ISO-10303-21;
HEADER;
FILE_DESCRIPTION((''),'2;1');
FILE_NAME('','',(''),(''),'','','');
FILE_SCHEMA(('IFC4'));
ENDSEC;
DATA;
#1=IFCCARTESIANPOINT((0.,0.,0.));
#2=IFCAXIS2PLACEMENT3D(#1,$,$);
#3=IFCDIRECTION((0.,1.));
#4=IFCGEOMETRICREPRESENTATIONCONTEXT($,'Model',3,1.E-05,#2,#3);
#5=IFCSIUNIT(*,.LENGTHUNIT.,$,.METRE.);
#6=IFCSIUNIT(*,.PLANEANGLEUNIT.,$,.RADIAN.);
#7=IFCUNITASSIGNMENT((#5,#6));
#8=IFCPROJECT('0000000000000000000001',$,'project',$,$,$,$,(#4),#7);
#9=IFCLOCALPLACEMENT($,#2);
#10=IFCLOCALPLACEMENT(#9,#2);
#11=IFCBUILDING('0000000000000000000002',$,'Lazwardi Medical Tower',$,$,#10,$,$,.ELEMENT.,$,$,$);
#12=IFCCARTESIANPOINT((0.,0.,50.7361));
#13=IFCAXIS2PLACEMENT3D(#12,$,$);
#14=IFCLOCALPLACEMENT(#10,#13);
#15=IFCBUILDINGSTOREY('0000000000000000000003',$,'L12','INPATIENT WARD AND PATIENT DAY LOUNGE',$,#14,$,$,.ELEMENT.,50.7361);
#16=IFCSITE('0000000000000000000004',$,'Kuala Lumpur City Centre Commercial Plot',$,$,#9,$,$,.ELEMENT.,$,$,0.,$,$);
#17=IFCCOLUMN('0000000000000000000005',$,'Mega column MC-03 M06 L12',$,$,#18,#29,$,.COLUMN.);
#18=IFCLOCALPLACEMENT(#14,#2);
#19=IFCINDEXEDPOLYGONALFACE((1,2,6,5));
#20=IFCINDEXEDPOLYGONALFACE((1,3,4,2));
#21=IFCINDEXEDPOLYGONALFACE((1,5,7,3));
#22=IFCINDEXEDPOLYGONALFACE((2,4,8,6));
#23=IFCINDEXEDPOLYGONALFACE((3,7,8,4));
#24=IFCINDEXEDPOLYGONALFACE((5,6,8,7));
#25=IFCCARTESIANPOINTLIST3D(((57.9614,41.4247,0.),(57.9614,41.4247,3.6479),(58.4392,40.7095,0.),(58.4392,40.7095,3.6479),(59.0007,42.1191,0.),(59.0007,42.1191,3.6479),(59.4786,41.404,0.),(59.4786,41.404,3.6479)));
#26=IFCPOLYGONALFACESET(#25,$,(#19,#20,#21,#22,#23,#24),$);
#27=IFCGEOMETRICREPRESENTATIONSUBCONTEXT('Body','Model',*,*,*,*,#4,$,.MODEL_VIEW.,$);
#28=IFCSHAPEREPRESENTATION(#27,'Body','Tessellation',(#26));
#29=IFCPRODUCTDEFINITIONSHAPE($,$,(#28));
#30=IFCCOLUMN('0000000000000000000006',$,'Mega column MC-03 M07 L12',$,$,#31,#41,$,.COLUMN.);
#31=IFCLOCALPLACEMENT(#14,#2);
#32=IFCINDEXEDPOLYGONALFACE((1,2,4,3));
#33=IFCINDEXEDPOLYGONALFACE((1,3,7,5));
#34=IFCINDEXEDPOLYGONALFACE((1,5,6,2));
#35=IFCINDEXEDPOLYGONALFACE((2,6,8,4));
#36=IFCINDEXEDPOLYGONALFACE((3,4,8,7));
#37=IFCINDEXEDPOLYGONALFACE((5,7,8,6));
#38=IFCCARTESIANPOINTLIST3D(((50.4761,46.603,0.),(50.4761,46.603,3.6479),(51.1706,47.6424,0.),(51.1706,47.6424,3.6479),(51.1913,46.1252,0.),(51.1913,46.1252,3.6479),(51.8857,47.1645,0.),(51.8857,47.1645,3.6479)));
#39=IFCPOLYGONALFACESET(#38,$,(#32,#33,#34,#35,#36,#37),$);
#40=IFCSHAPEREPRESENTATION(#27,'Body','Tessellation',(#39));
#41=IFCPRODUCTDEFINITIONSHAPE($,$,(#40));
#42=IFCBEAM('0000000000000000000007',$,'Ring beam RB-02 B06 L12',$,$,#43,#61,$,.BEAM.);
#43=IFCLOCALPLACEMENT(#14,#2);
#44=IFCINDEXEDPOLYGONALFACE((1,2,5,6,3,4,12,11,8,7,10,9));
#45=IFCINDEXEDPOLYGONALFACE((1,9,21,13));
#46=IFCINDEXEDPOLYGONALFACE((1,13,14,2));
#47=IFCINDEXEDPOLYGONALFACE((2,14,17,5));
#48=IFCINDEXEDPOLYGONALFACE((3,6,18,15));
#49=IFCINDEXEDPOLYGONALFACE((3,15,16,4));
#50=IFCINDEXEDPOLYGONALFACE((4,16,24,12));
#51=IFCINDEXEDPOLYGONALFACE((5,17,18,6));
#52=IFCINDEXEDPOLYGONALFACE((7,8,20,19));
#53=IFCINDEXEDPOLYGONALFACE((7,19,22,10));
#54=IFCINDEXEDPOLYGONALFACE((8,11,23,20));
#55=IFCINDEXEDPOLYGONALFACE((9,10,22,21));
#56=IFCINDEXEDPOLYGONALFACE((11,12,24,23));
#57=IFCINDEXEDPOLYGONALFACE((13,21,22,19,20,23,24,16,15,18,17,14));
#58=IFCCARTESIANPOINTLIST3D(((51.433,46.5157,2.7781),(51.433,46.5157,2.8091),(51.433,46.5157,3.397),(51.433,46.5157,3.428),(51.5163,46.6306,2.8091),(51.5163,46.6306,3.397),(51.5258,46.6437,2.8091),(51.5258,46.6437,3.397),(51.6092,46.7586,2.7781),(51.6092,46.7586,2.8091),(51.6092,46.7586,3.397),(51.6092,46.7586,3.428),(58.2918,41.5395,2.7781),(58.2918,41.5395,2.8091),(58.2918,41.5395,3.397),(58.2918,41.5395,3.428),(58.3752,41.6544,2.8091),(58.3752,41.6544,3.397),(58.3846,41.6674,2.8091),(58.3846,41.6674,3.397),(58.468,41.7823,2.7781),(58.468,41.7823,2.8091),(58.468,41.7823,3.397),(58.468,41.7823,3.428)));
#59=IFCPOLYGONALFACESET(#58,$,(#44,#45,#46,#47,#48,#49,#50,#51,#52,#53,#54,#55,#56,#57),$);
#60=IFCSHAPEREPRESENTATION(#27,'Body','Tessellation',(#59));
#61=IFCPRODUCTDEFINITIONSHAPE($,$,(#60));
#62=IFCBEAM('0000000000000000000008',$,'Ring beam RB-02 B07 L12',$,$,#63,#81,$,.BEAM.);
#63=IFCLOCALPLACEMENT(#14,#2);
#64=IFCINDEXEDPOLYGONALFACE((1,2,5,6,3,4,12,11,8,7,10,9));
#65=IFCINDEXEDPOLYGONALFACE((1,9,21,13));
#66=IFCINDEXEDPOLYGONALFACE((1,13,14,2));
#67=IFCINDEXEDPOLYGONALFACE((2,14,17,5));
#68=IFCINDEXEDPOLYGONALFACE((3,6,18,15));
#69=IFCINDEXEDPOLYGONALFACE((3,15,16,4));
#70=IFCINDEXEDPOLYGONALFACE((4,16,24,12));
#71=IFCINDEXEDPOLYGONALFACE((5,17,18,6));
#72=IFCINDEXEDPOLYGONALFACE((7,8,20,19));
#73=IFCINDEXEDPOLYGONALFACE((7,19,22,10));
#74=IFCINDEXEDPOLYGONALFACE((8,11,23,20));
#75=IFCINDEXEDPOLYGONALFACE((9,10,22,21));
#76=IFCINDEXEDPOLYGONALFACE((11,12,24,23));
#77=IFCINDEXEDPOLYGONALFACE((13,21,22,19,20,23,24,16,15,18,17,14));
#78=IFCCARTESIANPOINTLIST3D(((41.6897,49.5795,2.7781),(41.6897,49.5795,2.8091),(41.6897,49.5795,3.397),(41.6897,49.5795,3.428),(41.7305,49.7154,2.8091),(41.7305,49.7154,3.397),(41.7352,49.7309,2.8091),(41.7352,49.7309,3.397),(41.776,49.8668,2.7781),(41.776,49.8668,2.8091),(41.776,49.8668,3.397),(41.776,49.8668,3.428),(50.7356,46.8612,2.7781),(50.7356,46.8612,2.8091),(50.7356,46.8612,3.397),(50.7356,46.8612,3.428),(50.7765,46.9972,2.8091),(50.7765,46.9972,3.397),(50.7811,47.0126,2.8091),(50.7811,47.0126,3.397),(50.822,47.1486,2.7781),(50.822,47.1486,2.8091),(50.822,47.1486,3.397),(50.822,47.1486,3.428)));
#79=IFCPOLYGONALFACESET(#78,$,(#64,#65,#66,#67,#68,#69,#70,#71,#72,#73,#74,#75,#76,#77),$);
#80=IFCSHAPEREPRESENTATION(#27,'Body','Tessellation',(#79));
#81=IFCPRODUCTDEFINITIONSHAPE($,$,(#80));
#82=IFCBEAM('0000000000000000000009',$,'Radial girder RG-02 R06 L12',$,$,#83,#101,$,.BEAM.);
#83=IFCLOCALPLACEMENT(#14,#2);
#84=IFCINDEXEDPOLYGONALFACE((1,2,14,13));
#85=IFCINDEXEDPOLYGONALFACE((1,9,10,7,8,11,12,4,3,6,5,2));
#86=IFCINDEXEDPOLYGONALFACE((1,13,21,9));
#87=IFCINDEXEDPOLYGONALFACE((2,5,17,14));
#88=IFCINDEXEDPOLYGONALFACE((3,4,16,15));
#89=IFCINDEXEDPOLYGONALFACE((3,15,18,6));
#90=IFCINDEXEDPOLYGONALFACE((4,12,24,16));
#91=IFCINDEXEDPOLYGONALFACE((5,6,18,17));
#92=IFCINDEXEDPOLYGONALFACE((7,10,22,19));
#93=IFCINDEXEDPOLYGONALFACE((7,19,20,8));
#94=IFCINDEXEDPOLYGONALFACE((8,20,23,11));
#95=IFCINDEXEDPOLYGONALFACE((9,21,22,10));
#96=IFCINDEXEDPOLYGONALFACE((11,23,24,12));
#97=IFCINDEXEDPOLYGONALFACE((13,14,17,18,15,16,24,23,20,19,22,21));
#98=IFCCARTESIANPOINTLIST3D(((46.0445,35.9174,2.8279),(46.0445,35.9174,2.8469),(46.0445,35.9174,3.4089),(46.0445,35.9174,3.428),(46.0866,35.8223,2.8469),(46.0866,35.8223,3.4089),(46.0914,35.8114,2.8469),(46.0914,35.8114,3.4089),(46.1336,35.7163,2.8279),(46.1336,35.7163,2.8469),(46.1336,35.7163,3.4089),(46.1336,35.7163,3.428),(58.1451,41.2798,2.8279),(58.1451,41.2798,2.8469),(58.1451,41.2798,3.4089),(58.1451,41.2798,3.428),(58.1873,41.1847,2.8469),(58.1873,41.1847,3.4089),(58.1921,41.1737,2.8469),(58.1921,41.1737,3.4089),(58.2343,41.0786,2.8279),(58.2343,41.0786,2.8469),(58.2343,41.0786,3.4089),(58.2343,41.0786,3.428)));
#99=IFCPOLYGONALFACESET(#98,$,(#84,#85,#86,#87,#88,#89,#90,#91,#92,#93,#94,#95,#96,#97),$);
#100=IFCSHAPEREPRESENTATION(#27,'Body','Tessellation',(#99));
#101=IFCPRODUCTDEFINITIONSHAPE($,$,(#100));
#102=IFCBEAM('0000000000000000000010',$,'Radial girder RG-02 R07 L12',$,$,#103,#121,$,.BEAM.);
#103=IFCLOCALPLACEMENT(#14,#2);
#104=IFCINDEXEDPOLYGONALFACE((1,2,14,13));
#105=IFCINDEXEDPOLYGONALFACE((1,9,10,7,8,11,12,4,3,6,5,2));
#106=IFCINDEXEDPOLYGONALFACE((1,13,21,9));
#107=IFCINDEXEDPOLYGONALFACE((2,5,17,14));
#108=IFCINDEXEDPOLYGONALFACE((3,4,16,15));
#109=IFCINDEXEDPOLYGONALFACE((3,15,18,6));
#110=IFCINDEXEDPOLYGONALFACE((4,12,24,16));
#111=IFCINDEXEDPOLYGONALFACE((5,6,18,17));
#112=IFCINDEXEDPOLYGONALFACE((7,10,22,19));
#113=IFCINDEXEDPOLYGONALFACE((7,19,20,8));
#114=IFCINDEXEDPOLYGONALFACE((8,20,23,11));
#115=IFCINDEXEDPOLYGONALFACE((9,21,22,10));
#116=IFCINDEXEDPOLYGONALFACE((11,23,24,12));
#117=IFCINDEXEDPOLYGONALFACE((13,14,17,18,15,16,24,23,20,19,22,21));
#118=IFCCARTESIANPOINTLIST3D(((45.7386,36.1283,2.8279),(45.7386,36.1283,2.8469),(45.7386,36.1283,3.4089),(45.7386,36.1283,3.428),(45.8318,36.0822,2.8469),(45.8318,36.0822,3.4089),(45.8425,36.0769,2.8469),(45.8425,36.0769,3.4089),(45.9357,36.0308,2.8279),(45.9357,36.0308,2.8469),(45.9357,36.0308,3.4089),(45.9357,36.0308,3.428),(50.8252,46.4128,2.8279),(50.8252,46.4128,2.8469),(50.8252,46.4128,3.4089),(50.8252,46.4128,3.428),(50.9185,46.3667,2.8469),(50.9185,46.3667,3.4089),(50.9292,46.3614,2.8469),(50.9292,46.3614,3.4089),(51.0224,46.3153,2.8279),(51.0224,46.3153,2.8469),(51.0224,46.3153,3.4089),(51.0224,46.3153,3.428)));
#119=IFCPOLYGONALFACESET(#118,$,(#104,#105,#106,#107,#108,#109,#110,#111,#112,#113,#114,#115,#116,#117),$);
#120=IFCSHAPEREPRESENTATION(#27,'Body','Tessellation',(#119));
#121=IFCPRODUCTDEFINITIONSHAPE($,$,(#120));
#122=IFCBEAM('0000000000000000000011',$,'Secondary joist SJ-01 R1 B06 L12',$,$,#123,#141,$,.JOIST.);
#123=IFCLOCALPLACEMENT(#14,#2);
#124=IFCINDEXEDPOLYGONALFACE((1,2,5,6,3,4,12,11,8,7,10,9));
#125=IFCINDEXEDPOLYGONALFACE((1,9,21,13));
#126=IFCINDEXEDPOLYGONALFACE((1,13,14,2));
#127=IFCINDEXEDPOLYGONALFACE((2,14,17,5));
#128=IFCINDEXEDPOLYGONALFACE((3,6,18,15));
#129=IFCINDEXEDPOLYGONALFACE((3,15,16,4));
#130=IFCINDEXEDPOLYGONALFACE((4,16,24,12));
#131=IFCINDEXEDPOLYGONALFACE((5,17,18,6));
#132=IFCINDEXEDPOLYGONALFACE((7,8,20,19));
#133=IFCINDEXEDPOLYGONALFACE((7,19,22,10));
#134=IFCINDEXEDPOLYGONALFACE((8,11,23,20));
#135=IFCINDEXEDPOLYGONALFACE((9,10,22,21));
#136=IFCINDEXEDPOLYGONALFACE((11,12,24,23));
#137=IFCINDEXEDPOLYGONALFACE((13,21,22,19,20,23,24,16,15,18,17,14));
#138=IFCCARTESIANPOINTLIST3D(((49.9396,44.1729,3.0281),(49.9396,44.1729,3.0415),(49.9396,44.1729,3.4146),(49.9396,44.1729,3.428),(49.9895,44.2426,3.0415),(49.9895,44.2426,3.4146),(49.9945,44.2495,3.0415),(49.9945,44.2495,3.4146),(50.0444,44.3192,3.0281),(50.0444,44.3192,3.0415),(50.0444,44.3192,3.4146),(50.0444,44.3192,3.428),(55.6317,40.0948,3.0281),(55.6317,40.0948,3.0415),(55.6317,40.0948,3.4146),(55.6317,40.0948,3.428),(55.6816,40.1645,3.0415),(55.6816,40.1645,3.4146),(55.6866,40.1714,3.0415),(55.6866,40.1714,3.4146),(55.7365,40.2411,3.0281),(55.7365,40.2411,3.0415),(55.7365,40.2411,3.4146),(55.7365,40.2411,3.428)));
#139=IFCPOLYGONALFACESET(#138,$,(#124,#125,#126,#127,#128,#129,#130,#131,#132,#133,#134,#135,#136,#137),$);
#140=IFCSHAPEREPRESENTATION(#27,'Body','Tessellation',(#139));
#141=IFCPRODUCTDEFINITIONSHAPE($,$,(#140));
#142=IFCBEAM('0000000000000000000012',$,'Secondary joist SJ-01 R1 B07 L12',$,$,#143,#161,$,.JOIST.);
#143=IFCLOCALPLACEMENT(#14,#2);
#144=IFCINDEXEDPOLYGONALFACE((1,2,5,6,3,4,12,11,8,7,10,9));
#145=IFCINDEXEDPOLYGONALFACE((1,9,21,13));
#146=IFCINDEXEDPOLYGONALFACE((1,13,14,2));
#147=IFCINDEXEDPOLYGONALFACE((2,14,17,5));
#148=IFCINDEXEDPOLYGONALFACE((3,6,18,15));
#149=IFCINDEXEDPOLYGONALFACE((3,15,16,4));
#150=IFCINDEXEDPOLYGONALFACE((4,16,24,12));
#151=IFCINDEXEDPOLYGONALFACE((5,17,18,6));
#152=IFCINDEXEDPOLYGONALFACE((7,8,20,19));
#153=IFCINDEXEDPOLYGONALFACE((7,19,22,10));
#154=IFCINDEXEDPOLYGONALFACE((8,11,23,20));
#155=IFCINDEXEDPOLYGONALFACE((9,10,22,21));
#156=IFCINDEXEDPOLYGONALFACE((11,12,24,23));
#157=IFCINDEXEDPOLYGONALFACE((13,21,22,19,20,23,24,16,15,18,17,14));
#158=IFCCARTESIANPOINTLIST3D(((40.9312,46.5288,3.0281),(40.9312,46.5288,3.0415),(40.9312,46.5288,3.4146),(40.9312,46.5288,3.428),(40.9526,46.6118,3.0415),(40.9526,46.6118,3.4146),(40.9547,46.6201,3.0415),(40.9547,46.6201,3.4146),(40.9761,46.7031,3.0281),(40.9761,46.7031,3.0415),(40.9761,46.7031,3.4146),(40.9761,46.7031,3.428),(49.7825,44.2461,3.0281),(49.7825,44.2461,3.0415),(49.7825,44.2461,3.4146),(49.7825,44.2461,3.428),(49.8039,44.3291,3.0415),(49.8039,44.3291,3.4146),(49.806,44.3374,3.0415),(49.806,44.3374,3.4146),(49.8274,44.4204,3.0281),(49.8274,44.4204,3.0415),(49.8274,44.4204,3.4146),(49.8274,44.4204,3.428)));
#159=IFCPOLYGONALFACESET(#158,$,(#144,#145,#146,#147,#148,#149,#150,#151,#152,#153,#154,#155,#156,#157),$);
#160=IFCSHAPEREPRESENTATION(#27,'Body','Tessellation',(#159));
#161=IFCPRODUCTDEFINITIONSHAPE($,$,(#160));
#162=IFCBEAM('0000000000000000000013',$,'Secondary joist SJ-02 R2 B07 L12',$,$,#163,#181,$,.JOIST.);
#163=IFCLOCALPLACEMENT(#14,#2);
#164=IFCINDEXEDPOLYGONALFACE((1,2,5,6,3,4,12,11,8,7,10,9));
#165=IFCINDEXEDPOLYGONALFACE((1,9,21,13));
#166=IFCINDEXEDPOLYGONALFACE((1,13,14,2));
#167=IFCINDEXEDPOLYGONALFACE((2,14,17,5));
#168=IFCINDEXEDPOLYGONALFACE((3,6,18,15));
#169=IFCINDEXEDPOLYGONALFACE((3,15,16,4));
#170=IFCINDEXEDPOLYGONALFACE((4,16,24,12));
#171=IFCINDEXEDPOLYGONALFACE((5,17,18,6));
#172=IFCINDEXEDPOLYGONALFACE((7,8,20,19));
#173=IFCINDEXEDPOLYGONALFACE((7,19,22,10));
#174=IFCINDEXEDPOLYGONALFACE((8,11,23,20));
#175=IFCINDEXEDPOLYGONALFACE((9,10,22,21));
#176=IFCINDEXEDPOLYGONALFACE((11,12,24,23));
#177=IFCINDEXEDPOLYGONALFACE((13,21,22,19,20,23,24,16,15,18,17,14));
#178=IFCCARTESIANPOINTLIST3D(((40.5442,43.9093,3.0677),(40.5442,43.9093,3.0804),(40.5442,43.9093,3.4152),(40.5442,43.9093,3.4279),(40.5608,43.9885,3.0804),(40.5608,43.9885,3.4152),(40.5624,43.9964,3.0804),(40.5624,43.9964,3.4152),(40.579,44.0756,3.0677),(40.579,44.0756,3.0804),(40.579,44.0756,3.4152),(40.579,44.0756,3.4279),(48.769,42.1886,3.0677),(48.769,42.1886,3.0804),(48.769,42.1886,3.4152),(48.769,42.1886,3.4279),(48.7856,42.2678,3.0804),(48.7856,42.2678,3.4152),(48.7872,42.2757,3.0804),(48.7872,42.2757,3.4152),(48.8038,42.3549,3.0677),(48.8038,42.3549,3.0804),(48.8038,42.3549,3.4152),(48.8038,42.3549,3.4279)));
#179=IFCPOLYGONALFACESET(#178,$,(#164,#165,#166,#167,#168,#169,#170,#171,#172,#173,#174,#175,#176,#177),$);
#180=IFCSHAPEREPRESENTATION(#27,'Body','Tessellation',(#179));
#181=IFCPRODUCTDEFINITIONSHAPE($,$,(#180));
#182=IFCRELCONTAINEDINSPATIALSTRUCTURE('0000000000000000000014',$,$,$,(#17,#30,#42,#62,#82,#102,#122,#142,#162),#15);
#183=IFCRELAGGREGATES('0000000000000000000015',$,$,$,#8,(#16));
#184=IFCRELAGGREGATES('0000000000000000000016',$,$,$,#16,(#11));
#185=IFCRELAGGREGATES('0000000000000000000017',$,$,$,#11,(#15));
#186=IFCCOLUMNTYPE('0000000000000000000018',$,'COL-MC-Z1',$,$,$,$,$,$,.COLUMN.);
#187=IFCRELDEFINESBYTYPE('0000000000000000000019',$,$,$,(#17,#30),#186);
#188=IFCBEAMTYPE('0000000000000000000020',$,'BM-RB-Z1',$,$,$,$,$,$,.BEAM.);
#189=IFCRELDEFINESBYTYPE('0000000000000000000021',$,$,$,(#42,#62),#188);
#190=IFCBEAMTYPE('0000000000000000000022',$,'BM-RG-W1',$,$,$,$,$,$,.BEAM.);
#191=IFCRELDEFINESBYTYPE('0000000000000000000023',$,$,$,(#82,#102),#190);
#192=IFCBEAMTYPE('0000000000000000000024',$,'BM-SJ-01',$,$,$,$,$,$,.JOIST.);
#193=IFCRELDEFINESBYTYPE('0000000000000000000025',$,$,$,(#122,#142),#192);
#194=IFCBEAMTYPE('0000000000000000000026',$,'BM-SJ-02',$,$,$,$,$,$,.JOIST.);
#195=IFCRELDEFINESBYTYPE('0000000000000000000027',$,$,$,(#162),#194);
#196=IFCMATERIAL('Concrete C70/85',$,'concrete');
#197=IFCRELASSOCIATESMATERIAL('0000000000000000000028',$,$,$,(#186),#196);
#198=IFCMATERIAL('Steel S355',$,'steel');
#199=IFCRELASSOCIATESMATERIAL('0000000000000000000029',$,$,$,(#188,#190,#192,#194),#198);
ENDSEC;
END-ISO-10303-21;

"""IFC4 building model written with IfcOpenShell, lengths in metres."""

from ifc_helpers import new_model, si_unit, direction, frame, origin, origin_2d, place, context, subcontext, project, spatial, rectangle, i_section, extrude, material, material_profile, profile_set, type_object, element, save


model = new_model("IFC4")

# Units and contexts
model_context = context("Model", 3, precision=1e-05, world=origin(), true_north=direction((0.0, 1.0)))
body_context = subcontext(model_context, "Body", "Model", "MODEL_VIEW")
ifc_project = project(units=[si_unit("LENGTHUNIT", "METRE"), si_unit("PLANEANGLEUNIT", "RADIAN")], contexts=[model_context])

# Site, building, storey
site_placement = place(None, origin())
site = spatial("IfcSite", under=ifc_project, at=site_placement, Name="Kuala Lumpur City Centre Commercial Plot", CompositionType="ELEMENT", RefElevation=0.0)
building_placement = place(site_placement, origin())
building = spatial("IfcBuilding", under=site, at=building_placement, Name="Lazwardi Medical Tower", CompositionType="ELEMENT")
storey_placement = place(building_placement, frame((0.0, 0.0, 50.7361)))
storey = spatial("IfcBuildingStorey", under=building, at=storey_placement, Name="L12", Description="INPATIENT WARD AND PATIENT DAY LOUNGE", CompositionType="ELEMENT", Elevation=50.7361)

# Columns
ifc_material_1 = material(Name="Concrete C70/85", Category="concrete")
ifc_material_profile_1 = material_profile(ifc_material_1, rectangle(XDim=1.25, YDim=0.8601, at=origin_2d()), Name="CFT-RECT 1250x860")
ifc_profile_set_1 = profile_set([ifc_material_profile_1], Name="Concrete C70/85")
column_type = type_object("IfcColumnType", Name="COL-MC-Z1", PredefinedType="COLUMN", material=ifc_profile_set_1)
for number, where, z_axis, x_axis, name in (
    (1, (58.72, 41.4143, 0.0), (0.0, 0.0, 1.0), (0.83147, 0.55557, 0.0), "Mega column MC-03 M06 L12"),
    (2, (51.1809, 46.8838, 0.0), (0.0, 0.0, 1.0), (0.55557, 0.83147, 0.0), "Mega column MC-03 M07 L12"),
):
    element("IfcColumn", number, at=place(storey_placement, frame(where, z_axis=z_axis, x_axis=x_axis)), inside=storey, type_object=column_type, Name=name, PredefinedType="COLUMN", context=body_context, shape_type="SweptSolid", body=[
        extrude(rectangle(XDim=1.25, YDim=0.8601, at=origin_2d()), origin(), (0.0, 0.0, 1.0), 3.6479),
    ])

# Beams
ifc_material_2 = material(Name="Steel S355", Category="steel")
ifc_material_profile_2 = material_profile(ifc_material_2, i_section(OverallWidth=0.3, OverallDepth=0.6499, WebThickness=0.0161, FlangeThickness=0.031, at=origin_2d()), Name="HEB 650")
ifc_profile_set_2 = profile_set([ifc_material_profile_2], Name="Steel S355")
beam_type_1 = type_object("IfcBeamType", Name="BM-RB-Z1", PredefinedType="BEAM", material=ifc_profile_set_2)
beam_1_placement = place(storey_placement, frame((58.3799, 41.6609, 3.103), z_axis=(-0.809407, 0.587248, 0.0), x_axis=(-0.587248, -0.809407, 0.0)))
element("IfcBeam", 3, at=beam_1_placement, inside=storey, type_object=beam_type_1, Name="Ring beam RB-02 B06 L12", PredefinedType="BEAM", context=body_context, shape_type="SweptSolid", body=[
    extrude(i_section(OverallWidth=0.3, OverallDepth=0.6499, WebThickness=0.0161, FlangeThickness=0.031, at=origin_2d()), origin(), (0.0, 0.0, 1.0), 8.4739),
])
beam_2_placement = place(storey_placement, frame((50.7788, 47.0049, 3.103), z_axis=(-0.957695, 0.287784, 0.0), x_axis=(-0.287784, -0.957695, 0.0)))
element("IfcBeam", 4, at=beam_2_placement, inside=storey, type_object=beam_type_1, Name="Ring beam RB-02 B07 L12", PredefinedType="BEAM", context=body_context, shape_type="SweptSolid", body=[
    extrude(i_section(OverallWidth=0.3, OverallDepth=0.6499, WebThickness=0.0161, FlangeThickness=0.031, at=origin_2d()), origin(), (0.0, 0.0, 1.0), 9.4456),
])
ifc_material_profile_3 = material_profile(ifc_material_2, i_section(OverallWidth=0.22, OverallDepth=0.6001, WebThickness=0.012, FlangeThickness=0.019, at=origin_2d()), Name="IPE 600")
ifc_profile_set_3 = profile_set([ifc_material_profile_3], Name="Steel S355")
beam_type_2 = type_object("IfcBeamType", Name="BM-RG-W1", PredefinedType="BEAM", material=ifc_profile_set_3)
beam_3_placement = place(storey_placement, frame((58.1897, 41.1792, 3.1279), z_axis=(-0.914252, -0.405146, 0.0), x_axis=(0.405146, -0.914252, 0.0)))
element("IfcBeam", 5, at=beam_3_placement, inside=storey, type_object=beam_type_2, Name="Radial girder RG-02 R06 L12", PredefinedType="BEAM", context=body_context, shape_type="SweptSolid", body=[
    extrude(i_section(OverallWidth=0.22, OverallDepth=0.6001, WebThickness=0.012, FlangeThickness=0.019, at=origin_2d()), origin(), (0.0, 0.0, 1.0), 13.2356),
])
beam_4_placement = place(storey_placement, frame((50.9238, 46.364, 3.1279), z_axis=(-0.443337, -0.896355, 0.0), x_axis=(0.896355, -0.443337, 0.0)))
element("IfcBeam", 6, at=beam_4_placement, inside=storey, type_object=beam_type_2, Name="Radial girder RG-02 R07 L12", PredefinedType="BEAM", context=body_context, shape_type="SweptSolid", body=[
    extrude(i_section(OverallWidth=0.22, OverallDepth=0.6001, WebThickness=0.012, FlangeThickness=0.019, at=origin_2d()), origin(), (0.0, 0.0, 1.0), 11.4736),
])
ifc_material_profile_4 = material_profile(ifc_material_2, i_section(OverallWidth=0.1799, OverallDepth=0.3999, WebThickness=0.0085, FlangeThickness=0.0134, at=origin_2d()), Name="IPE 400")
ifc_profile_set_4 = profile_set([ifc_material_profile_4], Name="Steel S355")
beam_type_3 = type_object("IfcBeamType", Name="BM-SJ-01", PredefinedType="JOIST", material=ifc_profile_set_4)
beam_5_placement = place(storey_placement, frame((55.6841, 40.168, 3.228), z_axis=(-0.812901, 0.582402, 0.0), x_axis=(-0.582402, -0.812901, 0.0)))
element("IfcBeam", 7, at=beam_5_placement, inside=storey, type_object=beam_type_3, Name="Secondary joist SJ-01 R1 B06 L12", PredefinedType="JOIST", context=body_context, shape_type="SweptSolid", body=[
    extrude(i_section(OverallWidth=0.1799, OverallDepth=0.3999, WebThickness=0.0085, FlangeThickness=0.0134, at=origin_2d()), origin(), (0.0, 0.0, 1.0), 7.0022),
])
beam_6_placement = place(storey_placement, frame((49.8049, 44.3333, 3.228), z_axis=(-0.968317, 0.249725, 0.0), x_axis=(-0.249725, -0.968317, 0.0)))
element("IfcBeam", 8, at=beam_6_placement, inside=storey, type_object=beam_type_3, Name="Secondary joist SJ-01 R1 B07 L12", PredefinedType="JOIST", context=body_context, shape_type="SweptSolid", body=[
    extrude(i_section(OverallWidth=0.1799, OverallDepth=0.3999, WebThickness=0.0085, FlangeThickness=0.0134, at=origin_2d()), origin(), (0.0, 0.0, 1.0), 9.1409),
])
ifc_material_profile_5 = material_profile(ifc_material_2, i_section(OverallWidth=0.1699, OverallDepth=0.3601, WebThickness=0.0081, FlangeThickness=0.0127, at=origin_2d()), Name="IPE 360")
ifc_profile_set_5 = profile_set([ifc_material_profile_5], Name="Steel S355")
beam_type_4 = type_object("IfcBeamType", Name="BM-SJ-02", PredefinedType="JOIST", material=ifc_profile_set_5)
beam_7_placement = place(storey_placement, frame((48.7864, 42.2717, 3.2478), z_axis=(-0.978809, 0.204774, 0.0), x_axis=(-0.204774, -0.978809, 0.0)))
element("IfcBeam", 9, at=beam_7_placement, inside=storey, type_object=beam_type_4, Name="Secondary joist SJ-02 R2 B07 L12", PredefinedType="JOIST", context=body_context, shape_type="SweptSolid", body=[
    extrude(i_section(OverallWidth=0.1699, OverallDepth=0.3601, WebThickness=0.0081, FlangeThickness=0.0127, at=origin_2d()), origin(), (0.0, 0.0, 1.0), 8.4028),
])

save(model, "model.ifc")
